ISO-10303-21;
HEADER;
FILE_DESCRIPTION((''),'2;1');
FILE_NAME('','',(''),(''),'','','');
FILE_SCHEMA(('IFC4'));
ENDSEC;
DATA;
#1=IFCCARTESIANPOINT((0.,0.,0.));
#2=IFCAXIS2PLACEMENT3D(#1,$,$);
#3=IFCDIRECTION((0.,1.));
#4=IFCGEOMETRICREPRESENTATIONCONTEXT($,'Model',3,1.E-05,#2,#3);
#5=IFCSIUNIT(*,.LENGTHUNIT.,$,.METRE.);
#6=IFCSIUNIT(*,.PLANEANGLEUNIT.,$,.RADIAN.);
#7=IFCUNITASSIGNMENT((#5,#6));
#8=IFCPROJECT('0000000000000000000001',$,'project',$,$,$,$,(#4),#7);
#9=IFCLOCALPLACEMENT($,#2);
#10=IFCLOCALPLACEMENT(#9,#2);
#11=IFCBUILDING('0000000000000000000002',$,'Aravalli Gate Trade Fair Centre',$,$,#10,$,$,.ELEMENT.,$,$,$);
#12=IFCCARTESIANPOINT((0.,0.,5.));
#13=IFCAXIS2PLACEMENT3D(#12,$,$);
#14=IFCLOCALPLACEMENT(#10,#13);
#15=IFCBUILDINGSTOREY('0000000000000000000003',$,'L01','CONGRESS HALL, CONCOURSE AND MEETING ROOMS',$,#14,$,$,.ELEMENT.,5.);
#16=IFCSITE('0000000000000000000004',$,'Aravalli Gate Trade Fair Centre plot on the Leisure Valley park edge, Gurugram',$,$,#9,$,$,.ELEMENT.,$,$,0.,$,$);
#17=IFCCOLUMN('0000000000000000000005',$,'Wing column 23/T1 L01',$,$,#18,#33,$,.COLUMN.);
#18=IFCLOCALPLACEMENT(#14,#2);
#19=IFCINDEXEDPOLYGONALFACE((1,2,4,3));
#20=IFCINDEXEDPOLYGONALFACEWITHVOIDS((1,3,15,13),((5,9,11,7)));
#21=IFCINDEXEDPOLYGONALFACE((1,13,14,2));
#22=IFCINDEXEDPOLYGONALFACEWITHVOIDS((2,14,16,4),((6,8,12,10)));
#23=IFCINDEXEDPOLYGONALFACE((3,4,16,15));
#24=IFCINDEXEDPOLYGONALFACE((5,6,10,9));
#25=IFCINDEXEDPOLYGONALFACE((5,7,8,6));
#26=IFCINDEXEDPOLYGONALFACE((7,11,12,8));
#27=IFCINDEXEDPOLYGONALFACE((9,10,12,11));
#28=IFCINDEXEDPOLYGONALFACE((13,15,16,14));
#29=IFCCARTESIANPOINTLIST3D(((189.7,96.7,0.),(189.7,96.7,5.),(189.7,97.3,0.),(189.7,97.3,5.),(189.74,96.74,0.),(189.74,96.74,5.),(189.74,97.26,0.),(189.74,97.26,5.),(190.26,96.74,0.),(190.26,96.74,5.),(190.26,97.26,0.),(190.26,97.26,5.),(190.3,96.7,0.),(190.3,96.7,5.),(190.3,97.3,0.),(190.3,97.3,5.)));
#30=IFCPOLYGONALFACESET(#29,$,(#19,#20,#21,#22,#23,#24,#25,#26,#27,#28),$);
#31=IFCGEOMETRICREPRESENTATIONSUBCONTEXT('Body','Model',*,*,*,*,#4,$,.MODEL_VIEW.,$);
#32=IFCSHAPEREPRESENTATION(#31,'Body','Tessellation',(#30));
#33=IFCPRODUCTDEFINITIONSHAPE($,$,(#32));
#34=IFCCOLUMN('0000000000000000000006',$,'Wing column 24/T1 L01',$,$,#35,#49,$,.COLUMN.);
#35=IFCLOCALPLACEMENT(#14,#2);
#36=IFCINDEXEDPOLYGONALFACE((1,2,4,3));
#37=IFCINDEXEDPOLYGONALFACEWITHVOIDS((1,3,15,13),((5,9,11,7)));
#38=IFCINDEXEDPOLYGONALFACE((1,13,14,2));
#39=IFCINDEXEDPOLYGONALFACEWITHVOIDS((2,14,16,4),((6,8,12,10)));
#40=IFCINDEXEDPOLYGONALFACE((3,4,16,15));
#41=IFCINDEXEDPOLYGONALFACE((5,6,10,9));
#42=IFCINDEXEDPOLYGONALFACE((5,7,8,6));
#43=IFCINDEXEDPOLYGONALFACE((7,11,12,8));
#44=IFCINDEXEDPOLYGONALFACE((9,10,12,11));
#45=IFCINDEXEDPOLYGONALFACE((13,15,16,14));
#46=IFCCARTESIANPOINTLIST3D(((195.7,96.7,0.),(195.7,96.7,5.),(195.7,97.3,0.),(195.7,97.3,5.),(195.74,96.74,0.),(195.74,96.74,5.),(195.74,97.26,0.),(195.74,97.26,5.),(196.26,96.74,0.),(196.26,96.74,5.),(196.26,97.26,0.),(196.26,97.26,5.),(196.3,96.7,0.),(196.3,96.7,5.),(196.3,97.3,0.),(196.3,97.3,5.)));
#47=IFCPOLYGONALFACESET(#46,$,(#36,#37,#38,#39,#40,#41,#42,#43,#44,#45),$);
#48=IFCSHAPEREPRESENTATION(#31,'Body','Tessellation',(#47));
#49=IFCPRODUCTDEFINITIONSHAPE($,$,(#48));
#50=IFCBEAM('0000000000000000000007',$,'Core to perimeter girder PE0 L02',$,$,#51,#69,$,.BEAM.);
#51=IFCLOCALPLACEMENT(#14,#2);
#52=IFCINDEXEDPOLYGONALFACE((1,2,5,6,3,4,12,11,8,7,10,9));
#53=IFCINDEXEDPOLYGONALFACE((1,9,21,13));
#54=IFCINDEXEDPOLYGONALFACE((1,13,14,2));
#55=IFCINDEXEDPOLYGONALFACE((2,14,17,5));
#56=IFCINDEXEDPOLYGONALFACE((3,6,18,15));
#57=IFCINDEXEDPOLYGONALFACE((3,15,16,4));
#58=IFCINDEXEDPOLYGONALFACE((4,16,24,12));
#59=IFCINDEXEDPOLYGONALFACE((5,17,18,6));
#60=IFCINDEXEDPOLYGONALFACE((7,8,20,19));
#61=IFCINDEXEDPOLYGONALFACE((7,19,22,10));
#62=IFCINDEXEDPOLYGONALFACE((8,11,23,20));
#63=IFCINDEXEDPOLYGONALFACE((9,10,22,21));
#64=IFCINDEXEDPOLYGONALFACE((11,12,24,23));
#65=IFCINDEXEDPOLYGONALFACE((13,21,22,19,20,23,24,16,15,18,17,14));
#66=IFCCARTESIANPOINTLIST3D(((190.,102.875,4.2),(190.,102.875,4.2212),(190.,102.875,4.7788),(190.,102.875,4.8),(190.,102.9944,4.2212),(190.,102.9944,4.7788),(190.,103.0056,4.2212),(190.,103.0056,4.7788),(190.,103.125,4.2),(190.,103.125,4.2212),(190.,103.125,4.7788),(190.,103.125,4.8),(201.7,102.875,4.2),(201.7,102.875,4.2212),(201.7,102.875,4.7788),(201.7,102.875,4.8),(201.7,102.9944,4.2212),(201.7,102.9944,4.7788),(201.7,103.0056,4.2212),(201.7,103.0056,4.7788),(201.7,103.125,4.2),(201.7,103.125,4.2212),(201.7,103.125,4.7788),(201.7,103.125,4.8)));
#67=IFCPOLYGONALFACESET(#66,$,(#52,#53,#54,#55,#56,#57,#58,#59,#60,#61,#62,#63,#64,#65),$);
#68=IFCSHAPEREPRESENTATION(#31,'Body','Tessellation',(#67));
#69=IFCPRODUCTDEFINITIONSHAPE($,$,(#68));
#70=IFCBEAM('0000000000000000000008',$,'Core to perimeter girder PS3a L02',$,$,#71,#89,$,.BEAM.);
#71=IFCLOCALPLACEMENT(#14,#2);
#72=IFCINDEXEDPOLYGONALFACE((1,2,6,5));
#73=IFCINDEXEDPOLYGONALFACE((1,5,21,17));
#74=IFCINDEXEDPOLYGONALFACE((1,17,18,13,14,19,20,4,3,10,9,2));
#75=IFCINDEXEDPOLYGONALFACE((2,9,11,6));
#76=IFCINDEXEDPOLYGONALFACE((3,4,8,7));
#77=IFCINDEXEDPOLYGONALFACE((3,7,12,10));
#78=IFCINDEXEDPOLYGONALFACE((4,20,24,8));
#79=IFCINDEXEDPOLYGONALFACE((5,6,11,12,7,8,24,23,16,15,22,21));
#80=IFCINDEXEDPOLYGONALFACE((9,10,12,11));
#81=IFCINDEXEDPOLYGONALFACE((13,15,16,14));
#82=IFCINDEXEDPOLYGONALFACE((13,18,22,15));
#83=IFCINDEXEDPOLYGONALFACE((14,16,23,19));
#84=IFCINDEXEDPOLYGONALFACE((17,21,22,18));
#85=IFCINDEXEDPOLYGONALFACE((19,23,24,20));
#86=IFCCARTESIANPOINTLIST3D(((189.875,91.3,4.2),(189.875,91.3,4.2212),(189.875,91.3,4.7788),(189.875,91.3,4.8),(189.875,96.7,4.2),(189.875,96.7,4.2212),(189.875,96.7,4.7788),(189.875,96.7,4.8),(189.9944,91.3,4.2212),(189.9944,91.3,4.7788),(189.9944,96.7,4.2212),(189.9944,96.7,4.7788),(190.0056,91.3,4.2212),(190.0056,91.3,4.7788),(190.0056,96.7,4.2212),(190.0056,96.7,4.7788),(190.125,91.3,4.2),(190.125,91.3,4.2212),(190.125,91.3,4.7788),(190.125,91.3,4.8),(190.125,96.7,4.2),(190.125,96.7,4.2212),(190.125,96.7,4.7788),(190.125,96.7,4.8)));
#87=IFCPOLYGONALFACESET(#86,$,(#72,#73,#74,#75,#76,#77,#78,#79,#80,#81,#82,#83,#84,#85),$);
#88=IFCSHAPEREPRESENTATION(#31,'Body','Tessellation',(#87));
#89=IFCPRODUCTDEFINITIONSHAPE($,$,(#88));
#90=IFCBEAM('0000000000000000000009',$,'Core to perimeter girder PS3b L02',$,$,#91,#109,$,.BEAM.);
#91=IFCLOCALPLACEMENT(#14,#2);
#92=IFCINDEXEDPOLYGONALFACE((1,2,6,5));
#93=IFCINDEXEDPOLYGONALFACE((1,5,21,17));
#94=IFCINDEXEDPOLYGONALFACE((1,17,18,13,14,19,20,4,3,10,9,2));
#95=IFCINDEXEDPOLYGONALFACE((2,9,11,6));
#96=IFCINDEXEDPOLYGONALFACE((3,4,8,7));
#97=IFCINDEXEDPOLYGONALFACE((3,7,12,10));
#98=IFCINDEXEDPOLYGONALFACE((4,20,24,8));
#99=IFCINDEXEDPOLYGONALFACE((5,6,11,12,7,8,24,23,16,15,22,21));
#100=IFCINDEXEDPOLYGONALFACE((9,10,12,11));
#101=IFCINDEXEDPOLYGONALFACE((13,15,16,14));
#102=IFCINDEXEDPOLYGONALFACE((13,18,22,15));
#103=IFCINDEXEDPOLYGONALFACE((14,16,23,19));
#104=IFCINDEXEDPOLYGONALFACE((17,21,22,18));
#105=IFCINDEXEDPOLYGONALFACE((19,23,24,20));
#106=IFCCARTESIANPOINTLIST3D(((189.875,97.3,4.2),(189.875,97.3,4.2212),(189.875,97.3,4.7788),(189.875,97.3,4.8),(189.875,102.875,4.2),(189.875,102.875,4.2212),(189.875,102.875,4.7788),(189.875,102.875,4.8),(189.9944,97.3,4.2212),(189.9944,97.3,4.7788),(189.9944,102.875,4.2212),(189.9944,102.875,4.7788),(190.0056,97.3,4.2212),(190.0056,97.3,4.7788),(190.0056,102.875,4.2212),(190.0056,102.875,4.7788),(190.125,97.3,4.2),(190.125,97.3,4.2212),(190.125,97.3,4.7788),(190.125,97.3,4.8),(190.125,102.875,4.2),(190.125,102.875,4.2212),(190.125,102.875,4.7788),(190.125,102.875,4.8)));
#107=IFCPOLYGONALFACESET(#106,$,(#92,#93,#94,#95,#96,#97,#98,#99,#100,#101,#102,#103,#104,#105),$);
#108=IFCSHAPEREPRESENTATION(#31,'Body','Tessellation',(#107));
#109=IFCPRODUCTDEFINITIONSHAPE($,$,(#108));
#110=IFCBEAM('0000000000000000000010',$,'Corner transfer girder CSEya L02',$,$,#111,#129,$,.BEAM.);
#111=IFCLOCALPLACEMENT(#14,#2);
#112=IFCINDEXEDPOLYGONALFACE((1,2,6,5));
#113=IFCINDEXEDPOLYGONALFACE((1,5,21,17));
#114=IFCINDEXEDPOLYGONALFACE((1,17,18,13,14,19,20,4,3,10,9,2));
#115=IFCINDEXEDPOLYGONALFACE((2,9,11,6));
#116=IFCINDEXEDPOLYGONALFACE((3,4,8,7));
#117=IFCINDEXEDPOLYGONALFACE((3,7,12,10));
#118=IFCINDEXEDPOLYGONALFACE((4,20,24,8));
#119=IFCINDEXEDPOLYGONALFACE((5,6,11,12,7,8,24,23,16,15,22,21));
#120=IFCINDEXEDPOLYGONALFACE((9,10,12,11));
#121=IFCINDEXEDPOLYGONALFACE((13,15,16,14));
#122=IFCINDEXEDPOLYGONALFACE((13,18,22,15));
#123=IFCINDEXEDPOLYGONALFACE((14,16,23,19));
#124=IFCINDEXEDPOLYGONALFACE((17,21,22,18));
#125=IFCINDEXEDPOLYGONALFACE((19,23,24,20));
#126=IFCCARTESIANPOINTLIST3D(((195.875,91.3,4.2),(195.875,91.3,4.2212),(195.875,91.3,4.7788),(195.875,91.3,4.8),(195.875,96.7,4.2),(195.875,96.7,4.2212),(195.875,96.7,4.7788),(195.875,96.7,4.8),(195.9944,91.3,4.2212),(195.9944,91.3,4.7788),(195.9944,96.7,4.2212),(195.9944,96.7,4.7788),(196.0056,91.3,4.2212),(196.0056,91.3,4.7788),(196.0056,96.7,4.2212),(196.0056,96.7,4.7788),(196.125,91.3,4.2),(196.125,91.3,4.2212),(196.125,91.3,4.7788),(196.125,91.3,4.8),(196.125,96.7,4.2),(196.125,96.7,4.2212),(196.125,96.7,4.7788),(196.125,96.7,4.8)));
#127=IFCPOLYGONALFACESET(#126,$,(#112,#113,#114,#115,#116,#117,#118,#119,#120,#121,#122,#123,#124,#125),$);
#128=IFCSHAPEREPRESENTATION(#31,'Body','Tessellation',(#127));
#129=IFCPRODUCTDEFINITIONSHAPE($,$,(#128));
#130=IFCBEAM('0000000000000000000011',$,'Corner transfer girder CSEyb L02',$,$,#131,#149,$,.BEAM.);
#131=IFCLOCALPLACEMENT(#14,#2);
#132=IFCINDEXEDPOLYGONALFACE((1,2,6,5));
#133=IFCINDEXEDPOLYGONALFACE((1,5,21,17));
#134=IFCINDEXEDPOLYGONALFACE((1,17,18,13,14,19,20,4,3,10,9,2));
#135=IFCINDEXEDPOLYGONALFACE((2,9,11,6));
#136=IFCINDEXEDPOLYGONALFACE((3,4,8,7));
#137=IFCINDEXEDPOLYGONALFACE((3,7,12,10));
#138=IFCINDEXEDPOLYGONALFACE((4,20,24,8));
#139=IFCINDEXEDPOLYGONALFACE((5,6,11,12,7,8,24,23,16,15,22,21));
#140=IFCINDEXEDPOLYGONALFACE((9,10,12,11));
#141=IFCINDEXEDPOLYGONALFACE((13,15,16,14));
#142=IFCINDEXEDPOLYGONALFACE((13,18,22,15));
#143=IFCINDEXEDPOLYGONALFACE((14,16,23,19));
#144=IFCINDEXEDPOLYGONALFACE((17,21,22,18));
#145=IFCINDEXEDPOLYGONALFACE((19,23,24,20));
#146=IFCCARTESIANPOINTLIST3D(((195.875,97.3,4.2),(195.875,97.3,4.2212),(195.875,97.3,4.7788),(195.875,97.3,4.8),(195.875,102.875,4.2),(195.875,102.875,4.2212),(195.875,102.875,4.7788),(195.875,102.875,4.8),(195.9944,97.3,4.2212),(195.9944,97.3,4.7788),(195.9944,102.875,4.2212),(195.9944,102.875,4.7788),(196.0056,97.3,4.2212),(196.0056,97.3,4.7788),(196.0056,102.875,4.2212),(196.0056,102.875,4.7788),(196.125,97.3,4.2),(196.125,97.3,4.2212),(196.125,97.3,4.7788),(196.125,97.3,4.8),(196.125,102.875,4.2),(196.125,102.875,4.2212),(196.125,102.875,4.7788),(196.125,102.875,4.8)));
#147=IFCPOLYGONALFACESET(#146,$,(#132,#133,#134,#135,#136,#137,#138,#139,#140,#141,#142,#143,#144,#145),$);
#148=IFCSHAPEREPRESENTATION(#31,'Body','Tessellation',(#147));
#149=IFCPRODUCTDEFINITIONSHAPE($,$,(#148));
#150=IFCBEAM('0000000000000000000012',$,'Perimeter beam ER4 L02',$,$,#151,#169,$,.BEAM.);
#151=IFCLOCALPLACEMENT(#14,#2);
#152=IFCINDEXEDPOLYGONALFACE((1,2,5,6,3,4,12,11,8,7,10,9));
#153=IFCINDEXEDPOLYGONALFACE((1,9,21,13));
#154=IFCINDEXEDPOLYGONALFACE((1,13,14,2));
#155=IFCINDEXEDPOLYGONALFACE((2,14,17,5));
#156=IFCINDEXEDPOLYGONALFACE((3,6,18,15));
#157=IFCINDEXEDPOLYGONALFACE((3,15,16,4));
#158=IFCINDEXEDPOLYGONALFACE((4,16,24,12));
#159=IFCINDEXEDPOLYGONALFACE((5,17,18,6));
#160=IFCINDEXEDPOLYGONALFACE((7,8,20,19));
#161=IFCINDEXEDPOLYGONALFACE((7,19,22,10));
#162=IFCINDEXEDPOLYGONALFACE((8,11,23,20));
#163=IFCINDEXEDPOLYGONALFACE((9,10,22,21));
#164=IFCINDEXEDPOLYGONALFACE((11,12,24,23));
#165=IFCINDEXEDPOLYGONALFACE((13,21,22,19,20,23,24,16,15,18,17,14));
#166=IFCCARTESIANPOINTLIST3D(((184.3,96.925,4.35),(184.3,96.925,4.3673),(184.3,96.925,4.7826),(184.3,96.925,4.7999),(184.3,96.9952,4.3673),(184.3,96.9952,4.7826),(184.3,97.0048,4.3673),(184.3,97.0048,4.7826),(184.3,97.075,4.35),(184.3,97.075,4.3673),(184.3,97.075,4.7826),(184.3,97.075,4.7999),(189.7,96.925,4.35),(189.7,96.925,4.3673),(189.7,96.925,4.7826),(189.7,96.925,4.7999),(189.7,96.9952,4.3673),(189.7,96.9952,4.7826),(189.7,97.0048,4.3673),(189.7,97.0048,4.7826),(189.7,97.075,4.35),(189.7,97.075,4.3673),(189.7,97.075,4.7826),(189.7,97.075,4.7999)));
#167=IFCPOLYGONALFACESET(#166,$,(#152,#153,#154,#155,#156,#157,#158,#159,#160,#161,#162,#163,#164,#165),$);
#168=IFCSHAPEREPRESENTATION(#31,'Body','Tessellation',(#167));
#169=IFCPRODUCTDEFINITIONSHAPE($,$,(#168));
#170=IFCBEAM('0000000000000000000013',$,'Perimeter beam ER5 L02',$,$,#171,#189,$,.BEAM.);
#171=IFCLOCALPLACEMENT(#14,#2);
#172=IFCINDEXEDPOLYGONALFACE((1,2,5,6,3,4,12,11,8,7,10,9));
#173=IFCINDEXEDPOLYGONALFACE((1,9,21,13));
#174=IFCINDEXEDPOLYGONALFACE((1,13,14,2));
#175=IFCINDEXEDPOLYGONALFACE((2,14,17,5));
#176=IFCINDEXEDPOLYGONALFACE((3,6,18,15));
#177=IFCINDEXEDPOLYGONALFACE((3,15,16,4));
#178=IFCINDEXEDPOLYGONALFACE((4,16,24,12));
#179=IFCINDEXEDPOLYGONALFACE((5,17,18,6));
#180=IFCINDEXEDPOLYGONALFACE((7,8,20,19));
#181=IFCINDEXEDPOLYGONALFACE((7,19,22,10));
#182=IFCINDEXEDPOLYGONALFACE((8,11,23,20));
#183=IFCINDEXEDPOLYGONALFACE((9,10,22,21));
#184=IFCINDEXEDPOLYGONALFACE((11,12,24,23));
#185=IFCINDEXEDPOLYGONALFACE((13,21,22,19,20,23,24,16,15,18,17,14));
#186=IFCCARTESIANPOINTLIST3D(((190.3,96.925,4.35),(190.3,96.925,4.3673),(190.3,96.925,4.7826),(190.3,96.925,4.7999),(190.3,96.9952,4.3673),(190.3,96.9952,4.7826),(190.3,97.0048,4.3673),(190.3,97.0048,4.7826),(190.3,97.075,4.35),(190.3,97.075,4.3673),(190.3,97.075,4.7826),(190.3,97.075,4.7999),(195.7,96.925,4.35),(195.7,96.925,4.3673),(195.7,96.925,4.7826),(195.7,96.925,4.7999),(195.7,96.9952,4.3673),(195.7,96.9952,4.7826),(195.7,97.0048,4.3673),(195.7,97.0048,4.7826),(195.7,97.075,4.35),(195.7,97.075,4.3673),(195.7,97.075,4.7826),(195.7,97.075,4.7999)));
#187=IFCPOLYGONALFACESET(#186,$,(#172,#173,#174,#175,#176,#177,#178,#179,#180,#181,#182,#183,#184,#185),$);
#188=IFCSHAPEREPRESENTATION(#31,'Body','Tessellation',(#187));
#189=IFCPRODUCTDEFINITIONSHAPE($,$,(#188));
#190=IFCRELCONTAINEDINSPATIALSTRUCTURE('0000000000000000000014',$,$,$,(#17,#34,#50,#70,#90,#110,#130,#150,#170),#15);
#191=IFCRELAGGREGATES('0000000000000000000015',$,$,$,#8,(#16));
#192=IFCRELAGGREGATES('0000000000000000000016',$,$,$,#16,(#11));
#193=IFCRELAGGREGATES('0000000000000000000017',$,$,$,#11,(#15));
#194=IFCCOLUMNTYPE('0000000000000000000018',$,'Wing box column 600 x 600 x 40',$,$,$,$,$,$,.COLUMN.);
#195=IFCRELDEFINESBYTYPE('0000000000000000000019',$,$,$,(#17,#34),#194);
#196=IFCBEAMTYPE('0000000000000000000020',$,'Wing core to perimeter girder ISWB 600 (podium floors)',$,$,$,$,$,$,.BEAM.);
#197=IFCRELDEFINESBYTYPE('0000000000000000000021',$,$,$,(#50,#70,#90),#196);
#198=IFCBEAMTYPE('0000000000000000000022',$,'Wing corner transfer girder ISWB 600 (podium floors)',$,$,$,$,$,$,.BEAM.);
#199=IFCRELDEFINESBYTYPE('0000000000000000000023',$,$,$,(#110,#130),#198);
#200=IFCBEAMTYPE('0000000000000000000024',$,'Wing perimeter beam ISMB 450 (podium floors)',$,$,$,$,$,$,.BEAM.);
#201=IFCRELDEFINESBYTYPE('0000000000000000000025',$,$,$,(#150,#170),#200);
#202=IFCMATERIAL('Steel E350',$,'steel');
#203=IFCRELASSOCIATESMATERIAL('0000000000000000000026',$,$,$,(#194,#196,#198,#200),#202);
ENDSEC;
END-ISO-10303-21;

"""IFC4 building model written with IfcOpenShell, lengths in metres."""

from ifc_helpers import new_model, si_unit, direction, frame, origin, origin_2d, place, context, subcontext, project, spatial, hollow_rectangle, i_section, extrude, material, material_profile, profile_set, type_object, element, save


model = new_model("IFC4")

# Units and contexts
model_context = context("Model", 3, precision=1e-05, world=origin(), true_north=direction((0.0, 1.0)))
body_context = subcontext(model_context, "Body", "Model", "MODEL_VIEW")
ifc_project = project(units=[si_unit("LENGTHUNIT", "METRE"), si_unit("PLANEANGLEUNIT", "RADIAN")], contexts=[model_context])

# Site, building, storey
site_placement = place(None, origin())
site = spatial("IfcSite", under=ifc_project, at=site_placement, Name="Aravalli Gate Trade Fair Centre plot on the Leisure Valley park edge, Gurugram", CompositionType="ELEMENT", RefElevation=0.0)
building_placement = place(site_placement, origin())
building = spatial("IfcBuilding", under=site, at=building_placement, Name="Aravalli Gate Trade Fair Centre", CompositionType="ELEMENT")
storey_placement = place(building_placement, frame((0.0, 0.0, 5.0)))
storey = spatial("IfcBuildingStorey", under=building, at=storey_placement, Name="L01", Description="CONGRESS HALL, CONCOURSE AND MEETING ROOMS", CompositionType="ELEMENT", Elevation=5.0)

# Columns
ifc_material_1 = material(Name="Steel E350", Category="steel")
ifc_material_profile_1 = material_profile(ifc_material_1, hollow_rectangle(XDim=0.6001, YDim=0.6001, WallThickness=0.04, at=origin_2d()), Name="BOX 600x600x40")
ifc_profile_set_1 = profile_set([ifc_material_profile_1], Name="Steel E350")
column_type = type_object("IfcColumnType", Name="Wing box column 600 x 600 x 40", PredefinedType="COLUMN", material=ifc_profile_set_1)
for number, where, z_axis, x_axis, name in (
    (1, (190.0, 97.0, 0.0), (0.0, 0.0, 1.0), (1.0, 0.0, 0.0), "Wing column 23/T1 L01"),
    (2, (196.0, 97.0, 0.0), (0.0, 0.0, 1.0), (1.0, 0.0, 0.0), "Wing column 24/T1 L01"),
):
    element("IfcColumn", number, at=place(storey_placement, frame(where, z_axis=z_axis, x_axis=x_axis)), inside=storey, type_object=column_type, Name=name, PredefinedType="COLUMN", context=body_context, shape_type="SweptSolid", body=[
        extrude(hollow_rectangle(XDim=0.6001, YDim=0.6001, WallThickness=0.04, at=origin_2d()), origin(), (0.0, 0.0, 1.0), 5.0),
    ])

# Beams
ifc_material_profile_2 = material_profile(ifc_material_1, i_section(OverallWidth=0.25, OverallDepth=0.6001, WebThickness=0.0112, FlangeThickness=0.0212, at=origin_2d()), Name="ISWB 600")
ifc_profile_set_2 = profile_set([ifc_material_profile_2], Name="Steel E350")
beam_type_1 = type_object("IfcBeamType", Name="Wing core to perimeter girder ISWB 600 (podium floors)", PredefinedType="BEAM", material=ifc_profile_set_2)
beam_1_placement = place(storey_placement, frame((190.0, 103.0, 4.5), z_axis=(1.0, 0.0, 0.0), x_axis=(0.0, 1.0, 0.0)))
element("IfcBeam", 3, at=beam_1_placement, inside=storey, type_object=beam_type_1, Name="Core to perimeter girder PE0 L02", PredefinedType="BEAM", context=body_context, shape_type="SweptSolid", body=[
    extrude(i_section(OverallWidth=0.25, OverallDepth=0.6001, WebThickness=0.0112, FlangeThickness=0.0212, at=origin_2d()), origin(), (0.0, 0.0, 1.0), 11.7),
])
beam_2_placement = place(storey_placement, frame((190.0, 91.3, 4.5), z_axis=(0.0, 1.0, 0.0), x_axis=(-1.0, 0.0, 0.0)))
element("IfcBeam", 4, at=beam_2_placement, inside=storey, type_object=beam_type_1, Name="Core to perimeter girder PS3a L02", PredefinedType="BEAM", context=body_context, shape_type="SweptSolid", body=[
    extrude(i_section(OverallWidth=0.25, OverallDepth=0.6001, WebThickness=0.0112, FlangeThickness=0.0212, at=origin_2d()), origin(), (0.0, 0.0, 1.0), 5.3999),
])
beam_3_placement = place(storey_placement, frame((190.0, 97.3, 4.5), z_axis=(0.0, 1.0, 0.0), x_axis=(-1.0, 0.0, 0.0)))
element("IfcBeam", 5, at=beam_3_placement, inside=storey, type_object=beam_type_1, Name="Core to perimeter girder PS3b L02", PredefinedType="BEAM", context=body_context, shape_type="SweptSolid", body=[
    extrude(i_section(OverallWidth=0.25, OverallDepth=0.6001, WebThickness=0.0112, FlangeThickness=0.0212, at=origin_2d()), origin(), (0.0, 0.0, 1.0), 5.575),
])
ifc_material_profile_3 = material_profile(ifc_material_1, i_section(OverallWidth=0.25, OverallDepth=0.6001, WebThickness=0.0112, FlangeThickness=0.0212, at=origin_2d()), Name="ISWB 600")
ifc_profile_set_3 = profile_set([ifc_material_profile_3], Name="Steel E350")
beam_type_2 = type_object("IfcBeamType", Name="Wing corner transfer girder ISWB 600 (podium floors)", PredefinedType="BEAM", material=ifc_profile_set_3)
beam_4_placement = place(storey_placement, frame((196.0, 91.3, 4.5), z_axis=(0.0, 1.0, 0.0), x_axis=(-1.0, 0.0, 0.0)))
element("IfcBeam", 6, at=beam_4_placement, inside=storey, type_object=beam_type_2, Name="Corner transfer girder CSEya L02", PredefinedType="BEAM", context=body_context, shape_type="SweptSolid", body=[
    extrude(i_section(OverallWidth=0.25, OverallDepth=0.6001, WebThickness=0.0112, FlangeThickness=0.0212, at=origin_2d()), origin(), (0.0, 0.0, 1.0), 5.3999),
])
beam_5_placement = place(storey_placement, frame((196.0, 97.3, 4.5), z_axis=(0.0, 1.0, 0.0), x_axis=(-1.0, 0.0, 0.0)))
element("IfcBeam", 7, at=beam_5_placement, inside=storey, type_object=beam_type_2, Name="Corner transfer girder CSEyb L02", PredefinedType="BEAM", context=body_context, shape_type="SweptSolid", body=[
    extrude(i_section(OverallWidth=0.25, OverallDepth=0.6001, WebThickness=0.0112, FlangeThickness=0.0212, at=origin_2d()), origin(), (0.0, 0.0, 1.0), 5.575),
])
ifc_material_profile_4 = material_profile(ifc_material_1, i_section(OverallWidth=0.1499, OverallDepth=0.45, WebThickness=0.0095, FlangeThickness=0.0173, at=origin_2d()), Name="ISMB 450")
ifc_profile_set_4 = profile_set([ifc_material_profile_4], Name="Steel E350")
beam_type_3 = type_object("IfcBeamType", Name="Wing perimeter beam ISMB 450 (podium floors)", PredefinedType="BEAM", material=ifc_profile_set_4)
for number, where, z_axis, x_axis, name in (
    (8, (184.3, 97.0, 4.575), (1.0, 0.0, 0.0), (0.0, 1.0, 0.0), "Perimeter beam ER4 L02"),
    (9, (190.3, 97.0, 4.575), (1.0, 0.0, 0.0), (0.0, 1.0, 0.0), "Perimeter beam ER5 L02"),
):
    element("IfcBeam", number, at=place(storey_placement, frame(where, z_axis=z_axis, x_axis=x_axis)), inside=storey, type_object=beam_type_3, Name=name, PredefinedType="BEAM", context=body_context, shape_type="SweptSolid", body=[
        extrude(i_section(OverallWidth=0.1499, OverallDepth=0.45, WebThickness=0.0095, FlangeThickness=0.0173, at=origin_2d()), origin(), (0.0, 0.0, 1.0), 5.3999),
    ])

save(model, "model.ifc")
